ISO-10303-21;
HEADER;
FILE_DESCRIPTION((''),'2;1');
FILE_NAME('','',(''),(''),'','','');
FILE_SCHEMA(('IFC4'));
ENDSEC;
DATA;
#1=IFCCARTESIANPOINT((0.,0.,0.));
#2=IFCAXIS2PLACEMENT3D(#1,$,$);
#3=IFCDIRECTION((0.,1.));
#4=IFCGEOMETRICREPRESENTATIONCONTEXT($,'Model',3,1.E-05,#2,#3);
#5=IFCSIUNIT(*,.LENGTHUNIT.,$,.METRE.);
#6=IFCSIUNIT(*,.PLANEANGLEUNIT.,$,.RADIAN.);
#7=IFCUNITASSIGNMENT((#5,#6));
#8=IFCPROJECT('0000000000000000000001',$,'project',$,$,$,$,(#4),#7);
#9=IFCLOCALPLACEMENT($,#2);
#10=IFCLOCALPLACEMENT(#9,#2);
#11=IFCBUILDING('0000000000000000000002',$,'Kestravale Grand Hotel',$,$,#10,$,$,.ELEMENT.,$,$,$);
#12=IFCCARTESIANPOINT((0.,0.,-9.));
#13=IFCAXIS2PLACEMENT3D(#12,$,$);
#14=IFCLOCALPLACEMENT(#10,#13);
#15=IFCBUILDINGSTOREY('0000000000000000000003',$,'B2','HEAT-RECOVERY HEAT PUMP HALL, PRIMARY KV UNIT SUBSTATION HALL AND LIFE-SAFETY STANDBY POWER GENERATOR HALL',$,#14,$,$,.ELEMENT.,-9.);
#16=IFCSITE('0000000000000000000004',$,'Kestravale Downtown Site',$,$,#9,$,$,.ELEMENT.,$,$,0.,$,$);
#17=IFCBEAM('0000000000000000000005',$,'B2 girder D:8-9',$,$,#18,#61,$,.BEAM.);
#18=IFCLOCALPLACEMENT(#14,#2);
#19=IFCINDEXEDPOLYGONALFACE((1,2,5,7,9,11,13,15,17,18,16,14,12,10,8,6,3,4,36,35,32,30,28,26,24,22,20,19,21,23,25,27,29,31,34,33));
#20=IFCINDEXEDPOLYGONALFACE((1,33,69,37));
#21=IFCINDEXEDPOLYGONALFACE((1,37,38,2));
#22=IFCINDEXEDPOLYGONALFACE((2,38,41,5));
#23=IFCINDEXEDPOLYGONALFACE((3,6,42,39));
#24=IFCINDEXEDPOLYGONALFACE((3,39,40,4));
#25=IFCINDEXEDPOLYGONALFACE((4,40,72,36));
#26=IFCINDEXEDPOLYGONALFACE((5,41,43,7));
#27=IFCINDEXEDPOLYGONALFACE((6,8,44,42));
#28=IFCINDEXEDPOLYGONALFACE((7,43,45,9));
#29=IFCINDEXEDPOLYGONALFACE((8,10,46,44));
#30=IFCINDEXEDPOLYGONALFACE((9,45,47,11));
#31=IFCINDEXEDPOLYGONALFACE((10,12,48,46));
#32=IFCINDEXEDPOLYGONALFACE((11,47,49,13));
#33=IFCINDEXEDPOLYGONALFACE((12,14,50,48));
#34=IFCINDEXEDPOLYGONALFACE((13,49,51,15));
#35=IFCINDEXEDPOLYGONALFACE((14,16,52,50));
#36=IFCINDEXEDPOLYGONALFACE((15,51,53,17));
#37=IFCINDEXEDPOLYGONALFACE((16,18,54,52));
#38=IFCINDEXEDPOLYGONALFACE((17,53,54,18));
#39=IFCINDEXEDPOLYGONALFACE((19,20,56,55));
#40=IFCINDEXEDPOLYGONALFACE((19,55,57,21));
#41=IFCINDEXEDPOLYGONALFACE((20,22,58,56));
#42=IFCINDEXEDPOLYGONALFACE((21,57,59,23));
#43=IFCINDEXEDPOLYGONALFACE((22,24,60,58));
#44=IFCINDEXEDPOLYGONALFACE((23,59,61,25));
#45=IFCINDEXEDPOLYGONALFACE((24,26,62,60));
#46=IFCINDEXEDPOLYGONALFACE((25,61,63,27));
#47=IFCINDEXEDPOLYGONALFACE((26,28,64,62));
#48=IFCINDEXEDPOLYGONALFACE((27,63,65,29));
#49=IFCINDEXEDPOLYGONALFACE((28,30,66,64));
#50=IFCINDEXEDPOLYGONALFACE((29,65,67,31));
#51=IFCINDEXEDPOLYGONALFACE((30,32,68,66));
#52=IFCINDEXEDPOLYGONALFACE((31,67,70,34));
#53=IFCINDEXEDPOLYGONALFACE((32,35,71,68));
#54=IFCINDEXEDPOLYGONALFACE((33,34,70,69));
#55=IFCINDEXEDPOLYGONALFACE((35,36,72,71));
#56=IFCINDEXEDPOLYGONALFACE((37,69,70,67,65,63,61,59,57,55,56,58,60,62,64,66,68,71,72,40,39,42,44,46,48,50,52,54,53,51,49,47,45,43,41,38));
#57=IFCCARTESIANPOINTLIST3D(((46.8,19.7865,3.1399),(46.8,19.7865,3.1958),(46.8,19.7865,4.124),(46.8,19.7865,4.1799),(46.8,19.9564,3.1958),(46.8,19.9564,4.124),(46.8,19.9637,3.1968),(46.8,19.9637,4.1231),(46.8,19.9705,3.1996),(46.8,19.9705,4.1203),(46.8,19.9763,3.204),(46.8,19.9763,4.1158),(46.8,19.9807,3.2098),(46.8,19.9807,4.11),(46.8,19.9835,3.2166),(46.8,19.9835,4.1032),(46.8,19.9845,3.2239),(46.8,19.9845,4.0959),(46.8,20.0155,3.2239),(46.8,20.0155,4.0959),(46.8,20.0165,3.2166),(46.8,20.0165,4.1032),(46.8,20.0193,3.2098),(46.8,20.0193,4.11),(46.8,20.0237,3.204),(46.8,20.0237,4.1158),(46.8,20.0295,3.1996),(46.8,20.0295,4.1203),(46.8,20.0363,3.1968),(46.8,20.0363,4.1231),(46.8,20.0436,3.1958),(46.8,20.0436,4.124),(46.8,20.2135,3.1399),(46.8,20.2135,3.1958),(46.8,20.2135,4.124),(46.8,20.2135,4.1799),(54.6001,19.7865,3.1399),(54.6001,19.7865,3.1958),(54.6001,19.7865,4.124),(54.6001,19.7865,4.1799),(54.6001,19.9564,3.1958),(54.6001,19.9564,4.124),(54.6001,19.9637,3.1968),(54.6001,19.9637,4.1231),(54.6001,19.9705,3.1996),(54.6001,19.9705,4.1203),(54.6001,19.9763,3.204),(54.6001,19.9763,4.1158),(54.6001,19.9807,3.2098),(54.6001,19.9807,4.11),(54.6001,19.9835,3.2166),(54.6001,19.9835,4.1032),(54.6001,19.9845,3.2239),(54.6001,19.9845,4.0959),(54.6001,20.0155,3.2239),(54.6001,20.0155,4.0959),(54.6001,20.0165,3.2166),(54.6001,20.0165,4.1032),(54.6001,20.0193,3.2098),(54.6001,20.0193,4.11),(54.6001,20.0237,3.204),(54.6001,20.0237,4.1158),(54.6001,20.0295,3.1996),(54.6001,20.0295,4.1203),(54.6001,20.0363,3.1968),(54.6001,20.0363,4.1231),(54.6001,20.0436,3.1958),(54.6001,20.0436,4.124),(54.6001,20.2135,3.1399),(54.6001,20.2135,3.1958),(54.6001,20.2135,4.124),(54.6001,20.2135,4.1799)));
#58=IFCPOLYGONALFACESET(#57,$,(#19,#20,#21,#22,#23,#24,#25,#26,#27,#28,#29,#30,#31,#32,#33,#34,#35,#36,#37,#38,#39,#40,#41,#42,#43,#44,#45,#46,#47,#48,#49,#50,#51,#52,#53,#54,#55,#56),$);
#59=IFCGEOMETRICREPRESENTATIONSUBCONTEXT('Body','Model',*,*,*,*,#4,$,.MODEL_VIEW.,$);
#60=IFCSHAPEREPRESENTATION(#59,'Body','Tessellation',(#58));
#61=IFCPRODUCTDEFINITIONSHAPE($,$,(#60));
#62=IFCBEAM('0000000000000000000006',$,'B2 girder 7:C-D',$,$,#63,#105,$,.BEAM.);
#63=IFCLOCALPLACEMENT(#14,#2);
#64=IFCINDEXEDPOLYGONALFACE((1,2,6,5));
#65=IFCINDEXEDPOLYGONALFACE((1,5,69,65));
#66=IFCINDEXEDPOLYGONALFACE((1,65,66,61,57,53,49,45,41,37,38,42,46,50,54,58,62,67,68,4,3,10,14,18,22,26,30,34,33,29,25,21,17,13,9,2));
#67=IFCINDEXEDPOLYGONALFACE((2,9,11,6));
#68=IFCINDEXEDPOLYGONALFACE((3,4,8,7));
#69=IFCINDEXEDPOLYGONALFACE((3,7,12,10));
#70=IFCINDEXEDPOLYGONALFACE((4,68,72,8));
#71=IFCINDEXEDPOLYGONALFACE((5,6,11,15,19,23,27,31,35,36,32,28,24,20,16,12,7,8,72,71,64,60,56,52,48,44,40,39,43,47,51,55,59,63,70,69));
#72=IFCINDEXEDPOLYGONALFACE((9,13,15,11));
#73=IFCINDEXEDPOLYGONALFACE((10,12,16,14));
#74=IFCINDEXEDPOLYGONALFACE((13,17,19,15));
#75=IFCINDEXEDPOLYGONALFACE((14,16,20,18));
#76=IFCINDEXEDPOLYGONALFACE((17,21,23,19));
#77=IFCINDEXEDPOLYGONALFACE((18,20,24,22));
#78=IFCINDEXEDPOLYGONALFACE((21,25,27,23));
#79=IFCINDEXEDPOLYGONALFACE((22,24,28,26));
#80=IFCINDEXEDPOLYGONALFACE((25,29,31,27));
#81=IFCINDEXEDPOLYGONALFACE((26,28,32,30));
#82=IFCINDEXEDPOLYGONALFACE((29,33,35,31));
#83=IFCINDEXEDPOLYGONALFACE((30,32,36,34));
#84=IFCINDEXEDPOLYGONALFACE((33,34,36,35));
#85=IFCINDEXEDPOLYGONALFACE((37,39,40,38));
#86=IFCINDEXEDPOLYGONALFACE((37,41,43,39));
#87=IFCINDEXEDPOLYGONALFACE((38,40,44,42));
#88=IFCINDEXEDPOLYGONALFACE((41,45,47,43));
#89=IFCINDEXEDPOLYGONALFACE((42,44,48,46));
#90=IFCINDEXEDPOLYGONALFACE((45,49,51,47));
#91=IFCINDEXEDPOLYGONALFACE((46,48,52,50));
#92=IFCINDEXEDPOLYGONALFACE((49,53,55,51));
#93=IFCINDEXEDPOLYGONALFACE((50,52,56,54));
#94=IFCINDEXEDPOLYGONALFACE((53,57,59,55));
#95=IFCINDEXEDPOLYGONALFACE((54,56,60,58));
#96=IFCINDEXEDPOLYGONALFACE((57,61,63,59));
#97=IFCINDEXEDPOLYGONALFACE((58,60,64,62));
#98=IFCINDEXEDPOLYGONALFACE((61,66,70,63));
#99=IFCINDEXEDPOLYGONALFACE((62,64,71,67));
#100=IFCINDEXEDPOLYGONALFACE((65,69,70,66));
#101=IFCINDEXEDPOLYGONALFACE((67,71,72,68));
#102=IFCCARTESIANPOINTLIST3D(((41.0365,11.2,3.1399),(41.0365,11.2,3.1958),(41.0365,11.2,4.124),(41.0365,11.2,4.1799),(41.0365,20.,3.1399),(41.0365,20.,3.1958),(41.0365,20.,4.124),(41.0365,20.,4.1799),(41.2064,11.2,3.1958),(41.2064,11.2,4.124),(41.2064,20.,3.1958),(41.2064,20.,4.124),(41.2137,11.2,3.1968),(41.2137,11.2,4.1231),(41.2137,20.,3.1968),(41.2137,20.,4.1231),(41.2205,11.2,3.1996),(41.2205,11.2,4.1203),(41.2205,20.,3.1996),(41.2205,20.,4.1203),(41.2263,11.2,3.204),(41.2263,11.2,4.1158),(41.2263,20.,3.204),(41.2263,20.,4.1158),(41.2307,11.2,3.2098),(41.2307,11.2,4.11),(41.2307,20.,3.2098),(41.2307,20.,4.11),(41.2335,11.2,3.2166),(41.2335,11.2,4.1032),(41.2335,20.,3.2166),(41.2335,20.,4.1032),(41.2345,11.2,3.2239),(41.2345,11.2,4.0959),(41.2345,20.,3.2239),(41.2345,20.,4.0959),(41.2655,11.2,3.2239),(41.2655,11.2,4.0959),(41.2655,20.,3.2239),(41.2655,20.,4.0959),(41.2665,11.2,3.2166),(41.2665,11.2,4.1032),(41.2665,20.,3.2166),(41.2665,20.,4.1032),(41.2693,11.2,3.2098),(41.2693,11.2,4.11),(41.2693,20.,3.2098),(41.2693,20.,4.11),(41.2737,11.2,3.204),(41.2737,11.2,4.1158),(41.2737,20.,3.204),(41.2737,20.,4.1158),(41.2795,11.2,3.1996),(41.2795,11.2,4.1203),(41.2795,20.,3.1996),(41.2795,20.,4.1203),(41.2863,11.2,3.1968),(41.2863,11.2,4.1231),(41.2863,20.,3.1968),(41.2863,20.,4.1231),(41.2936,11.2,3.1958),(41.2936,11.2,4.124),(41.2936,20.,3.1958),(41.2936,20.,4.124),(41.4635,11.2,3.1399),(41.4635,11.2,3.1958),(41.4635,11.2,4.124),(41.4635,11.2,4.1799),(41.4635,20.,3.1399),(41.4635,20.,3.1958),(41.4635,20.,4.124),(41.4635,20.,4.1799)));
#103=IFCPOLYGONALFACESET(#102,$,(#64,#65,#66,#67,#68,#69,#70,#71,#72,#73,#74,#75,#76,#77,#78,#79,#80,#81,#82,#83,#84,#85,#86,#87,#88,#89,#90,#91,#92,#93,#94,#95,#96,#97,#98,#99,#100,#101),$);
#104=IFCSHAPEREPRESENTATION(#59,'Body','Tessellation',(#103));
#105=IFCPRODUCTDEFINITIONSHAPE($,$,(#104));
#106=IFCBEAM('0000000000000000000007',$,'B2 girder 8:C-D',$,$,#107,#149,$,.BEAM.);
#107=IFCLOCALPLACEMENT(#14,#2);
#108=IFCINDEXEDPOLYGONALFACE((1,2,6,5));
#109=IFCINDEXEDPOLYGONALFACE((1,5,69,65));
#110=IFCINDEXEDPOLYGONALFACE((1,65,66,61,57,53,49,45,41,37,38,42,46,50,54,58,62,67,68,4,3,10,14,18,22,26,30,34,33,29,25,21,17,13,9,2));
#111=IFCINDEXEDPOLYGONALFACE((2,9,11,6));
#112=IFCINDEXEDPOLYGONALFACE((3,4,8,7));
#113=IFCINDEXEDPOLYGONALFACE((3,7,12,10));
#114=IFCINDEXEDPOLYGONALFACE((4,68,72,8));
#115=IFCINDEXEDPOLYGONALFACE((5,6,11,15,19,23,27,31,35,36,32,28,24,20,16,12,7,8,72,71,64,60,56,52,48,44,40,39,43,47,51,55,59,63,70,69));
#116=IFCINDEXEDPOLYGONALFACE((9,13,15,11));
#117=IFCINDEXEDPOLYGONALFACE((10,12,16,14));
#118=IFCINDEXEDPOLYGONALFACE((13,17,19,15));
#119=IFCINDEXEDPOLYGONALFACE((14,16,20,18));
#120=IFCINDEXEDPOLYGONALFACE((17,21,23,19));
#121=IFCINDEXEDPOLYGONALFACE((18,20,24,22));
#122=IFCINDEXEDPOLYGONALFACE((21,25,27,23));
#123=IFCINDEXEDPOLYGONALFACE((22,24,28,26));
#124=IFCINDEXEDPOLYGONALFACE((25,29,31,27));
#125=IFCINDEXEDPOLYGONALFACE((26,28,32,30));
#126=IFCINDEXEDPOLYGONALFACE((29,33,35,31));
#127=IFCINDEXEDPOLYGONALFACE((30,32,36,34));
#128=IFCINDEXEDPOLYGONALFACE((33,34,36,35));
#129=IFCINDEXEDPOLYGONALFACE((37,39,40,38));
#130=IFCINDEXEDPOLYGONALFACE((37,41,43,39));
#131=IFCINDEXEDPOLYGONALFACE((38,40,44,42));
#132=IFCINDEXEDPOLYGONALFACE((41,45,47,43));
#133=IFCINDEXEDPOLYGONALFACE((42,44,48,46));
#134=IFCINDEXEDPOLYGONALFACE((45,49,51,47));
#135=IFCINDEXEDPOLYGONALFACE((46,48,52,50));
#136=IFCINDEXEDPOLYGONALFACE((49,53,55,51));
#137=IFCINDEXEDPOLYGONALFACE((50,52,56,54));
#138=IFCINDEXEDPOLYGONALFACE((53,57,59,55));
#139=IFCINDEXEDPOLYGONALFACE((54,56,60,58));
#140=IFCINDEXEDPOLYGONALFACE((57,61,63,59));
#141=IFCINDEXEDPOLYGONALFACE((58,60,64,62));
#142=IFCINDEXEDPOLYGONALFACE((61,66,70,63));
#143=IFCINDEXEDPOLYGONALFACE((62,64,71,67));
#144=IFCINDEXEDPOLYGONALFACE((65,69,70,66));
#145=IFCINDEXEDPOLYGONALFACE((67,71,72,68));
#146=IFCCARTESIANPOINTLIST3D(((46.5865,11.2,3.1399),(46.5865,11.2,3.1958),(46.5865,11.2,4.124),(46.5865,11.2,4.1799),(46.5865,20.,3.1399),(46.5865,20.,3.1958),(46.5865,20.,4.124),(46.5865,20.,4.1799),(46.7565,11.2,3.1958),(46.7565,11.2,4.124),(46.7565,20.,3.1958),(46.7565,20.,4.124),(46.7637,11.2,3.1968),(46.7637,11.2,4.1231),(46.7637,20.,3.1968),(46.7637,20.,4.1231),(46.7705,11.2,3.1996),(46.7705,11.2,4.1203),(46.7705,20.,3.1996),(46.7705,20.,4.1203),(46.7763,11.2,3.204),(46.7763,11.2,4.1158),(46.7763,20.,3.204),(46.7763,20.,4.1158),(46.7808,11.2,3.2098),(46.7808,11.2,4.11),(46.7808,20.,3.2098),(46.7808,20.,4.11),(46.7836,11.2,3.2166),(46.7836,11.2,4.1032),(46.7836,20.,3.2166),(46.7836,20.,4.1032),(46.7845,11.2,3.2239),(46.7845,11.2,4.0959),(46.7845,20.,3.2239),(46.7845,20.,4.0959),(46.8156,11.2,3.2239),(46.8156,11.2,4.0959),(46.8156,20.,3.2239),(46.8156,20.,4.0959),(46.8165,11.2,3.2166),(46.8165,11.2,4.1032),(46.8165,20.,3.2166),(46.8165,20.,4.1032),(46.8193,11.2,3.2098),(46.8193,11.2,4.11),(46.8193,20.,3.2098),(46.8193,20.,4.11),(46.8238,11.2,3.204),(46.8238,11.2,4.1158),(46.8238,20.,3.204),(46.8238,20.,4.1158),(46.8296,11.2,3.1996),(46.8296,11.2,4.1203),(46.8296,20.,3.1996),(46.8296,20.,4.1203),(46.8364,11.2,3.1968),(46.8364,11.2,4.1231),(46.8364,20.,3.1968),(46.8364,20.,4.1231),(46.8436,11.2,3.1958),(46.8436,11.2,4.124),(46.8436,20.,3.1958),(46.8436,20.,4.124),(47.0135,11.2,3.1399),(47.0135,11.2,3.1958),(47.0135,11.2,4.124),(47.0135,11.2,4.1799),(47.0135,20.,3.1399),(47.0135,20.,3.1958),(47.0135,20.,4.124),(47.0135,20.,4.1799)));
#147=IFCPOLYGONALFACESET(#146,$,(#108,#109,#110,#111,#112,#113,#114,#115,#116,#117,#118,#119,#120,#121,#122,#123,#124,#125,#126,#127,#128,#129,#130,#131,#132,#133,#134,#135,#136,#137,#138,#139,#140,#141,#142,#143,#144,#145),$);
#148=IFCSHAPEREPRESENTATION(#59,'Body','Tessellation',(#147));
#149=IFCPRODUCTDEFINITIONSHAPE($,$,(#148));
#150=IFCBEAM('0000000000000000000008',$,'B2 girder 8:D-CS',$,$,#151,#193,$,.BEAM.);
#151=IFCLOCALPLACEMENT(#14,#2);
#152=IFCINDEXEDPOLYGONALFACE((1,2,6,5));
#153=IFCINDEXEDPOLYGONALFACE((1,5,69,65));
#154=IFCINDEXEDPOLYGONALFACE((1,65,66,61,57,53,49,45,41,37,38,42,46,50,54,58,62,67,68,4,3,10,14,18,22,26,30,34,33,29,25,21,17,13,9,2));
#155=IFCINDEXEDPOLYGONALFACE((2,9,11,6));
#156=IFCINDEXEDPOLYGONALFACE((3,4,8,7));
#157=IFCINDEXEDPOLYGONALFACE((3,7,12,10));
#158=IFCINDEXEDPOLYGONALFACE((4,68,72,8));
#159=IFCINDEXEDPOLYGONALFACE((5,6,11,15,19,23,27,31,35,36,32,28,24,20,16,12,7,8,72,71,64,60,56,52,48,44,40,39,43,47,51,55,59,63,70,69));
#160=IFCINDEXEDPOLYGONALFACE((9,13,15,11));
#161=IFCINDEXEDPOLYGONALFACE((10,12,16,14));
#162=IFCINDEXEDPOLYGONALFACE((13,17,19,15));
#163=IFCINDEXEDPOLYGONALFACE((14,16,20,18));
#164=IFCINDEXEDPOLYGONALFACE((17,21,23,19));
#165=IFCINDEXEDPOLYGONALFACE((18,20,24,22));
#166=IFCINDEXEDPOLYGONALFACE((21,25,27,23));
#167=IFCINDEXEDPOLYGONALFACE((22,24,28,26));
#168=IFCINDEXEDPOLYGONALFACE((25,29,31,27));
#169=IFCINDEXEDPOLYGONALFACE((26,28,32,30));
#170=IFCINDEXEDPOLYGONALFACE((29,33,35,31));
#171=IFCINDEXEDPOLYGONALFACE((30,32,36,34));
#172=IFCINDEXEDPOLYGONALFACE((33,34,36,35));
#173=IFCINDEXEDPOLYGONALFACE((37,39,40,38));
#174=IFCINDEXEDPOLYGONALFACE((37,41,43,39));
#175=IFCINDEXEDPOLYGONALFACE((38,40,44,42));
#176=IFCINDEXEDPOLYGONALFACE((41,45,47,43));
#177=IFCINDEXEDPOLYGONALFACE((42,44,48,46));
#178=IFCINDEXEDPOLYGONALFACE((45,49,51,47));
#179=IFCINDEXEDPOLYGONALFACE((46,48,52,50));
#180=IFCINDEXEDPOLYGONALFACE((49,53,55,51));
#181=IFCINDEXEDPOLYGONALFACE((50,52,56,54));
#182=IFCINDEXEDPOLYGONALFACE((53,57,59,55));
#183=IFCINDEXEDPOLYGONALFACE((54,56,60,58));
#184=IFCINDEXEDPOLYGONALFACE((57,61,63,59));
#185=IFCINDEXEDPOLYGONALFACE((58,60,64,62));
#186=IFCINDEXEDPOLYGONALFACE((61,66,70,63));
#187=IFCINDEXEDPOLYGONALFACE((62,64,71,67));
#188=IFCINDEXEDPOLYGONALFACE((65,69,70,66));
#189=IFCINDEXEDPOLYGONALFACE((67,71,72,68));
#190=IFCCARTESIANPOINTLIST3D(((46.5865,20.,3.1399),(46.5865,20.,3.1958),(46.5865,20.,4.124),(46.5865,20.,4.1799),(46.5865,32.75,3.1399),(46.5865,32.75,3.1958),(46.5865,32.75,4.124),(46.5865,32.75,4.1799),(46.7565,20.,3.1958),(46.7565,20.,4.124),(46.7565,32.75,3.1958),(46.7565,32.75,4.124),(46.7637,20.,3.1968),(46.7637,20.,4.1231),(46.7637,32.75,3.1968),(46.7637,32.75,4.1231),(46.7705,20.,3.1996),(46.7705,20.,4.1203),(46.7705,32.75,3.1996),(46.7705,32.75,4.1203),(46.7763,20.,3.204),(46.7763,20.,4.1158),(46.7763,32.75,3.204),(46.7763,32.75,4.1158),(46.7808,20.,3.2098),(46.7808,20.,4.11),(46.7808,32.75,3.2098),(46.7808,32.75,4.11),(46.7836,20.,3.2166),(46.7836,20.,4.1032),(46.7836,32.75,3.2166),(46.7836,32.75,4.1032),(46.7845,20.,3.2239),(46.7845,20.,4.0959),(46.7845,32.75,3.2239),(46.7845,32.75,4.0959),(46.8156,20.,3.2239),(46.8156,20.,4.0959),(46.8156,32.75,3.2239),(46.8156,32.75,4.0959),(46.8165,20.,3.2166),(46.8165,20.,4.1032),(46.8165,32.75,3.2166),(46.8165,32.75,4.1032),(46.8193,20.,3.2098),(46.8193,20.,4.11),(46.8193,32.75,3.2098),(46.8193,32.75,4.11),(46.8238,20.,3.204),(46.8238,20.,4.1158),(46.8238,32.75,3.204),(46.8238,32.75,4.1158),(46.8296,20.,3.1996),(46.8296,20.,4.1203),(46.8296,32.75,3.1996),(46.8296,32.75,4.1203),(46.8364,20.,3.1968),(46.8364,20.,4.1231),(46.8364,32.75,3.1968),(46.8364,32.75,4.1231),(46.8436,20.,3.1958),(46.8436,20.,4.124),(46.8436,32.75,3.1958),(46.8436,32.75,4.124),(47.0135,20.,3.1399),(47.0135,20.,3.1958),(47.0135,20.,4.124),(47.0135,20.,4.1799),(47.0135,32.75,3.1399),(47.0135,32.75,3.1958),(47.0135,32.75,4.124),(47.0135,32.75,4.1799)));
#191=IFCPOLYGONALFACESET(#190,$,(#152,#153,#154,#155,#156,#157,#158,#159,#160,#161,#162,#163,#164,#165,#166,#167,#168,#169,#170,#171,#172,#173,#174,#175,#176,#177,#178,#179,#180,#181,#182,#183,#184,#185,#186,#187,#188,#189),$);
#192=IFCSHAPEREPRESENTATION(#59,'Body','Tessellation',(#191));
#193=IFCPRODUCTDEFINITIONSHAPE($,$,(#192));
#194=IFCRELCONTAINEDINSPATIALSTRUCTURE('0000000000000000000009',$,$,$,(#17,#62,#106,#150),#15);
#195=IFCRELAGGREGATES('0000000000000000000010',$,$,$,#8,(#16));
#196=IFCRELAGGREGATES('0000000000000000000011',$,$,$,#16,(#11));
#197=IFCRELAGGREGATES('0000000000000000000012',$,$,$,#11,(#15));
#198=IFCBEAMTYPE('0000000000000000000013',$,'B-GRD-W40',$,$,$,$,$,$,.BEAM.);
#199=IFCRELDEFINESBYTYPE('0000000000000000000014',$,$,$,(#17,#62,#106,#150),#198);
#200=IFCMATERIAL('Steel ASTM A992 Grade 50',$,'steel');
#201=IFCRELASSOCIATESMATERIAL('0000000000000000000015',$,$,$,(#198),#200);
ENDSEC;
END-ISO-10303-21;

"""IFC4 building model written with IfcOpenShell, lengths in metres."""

from ifc_helpers import new_model, si_unit, direction, frame, origin, origin_2d, place, context, subcontext, project, spatial, i_section, extrude, material, material_profile, profile_set, type_object, element, save


model = new_model("IFC4")

# Units and contexts
model_context = context("Model", 3, precision=1e-05, world=origin(), true_north=direction((0.0, 1.0)))
body_context = subcontext(model_context, "Body", "Model", "MODEL_VIEW")
ifc_project = project(units=[si_unit("LENGTHUNIT", "METRE"), si_unit("PLANEANGLEUNIT", "RADIAN")], contexts=[model_context])

# Site, building, storey
site_placement = place(None, origin())
site = spatial("IfcSite", under=ifc_project, at=site_placement, Name="Kestravale Downtown Site", CompositionType="ELEMENT", RefElevation=0.0)
building_placement = place(site_placement, origin())
building = spatial("IfcBuilding", under=site, at=building_placement, Name="Kestravale Grand Hotel", CompositionType="ELEMENT")
storey_placement = place(building_placement, frame((0.0, 0.0, -9.0)))
storey = spatial("IfcBuildingStorey", under=building, at=storey_placement, Name="B2", Description="HEAT-RECOVERY HEAT PUMP HALL, PRIMARY KV UNIT SUBSTATION HALL AND LIFE-SAFETY STANDBY POWER GENERATOR HALL", CompositionType="ELEMENT", Elevation=-9.0)

# Beams
ifc_material_1 = material(Name="Steel ASTM A992 Grade 50", Category="steel")
ifc_material_profile_1 = material_profile(ifc_material_1, i_section(OverallWidth=0.427, OverallDepth=1.04, WebThickness=0.031, FlangeThickness=0.0559, FilletRadius=0.0281, at=origin_2d()))
ifc_profile_set_1 = profile_set([ifc_material_profile_1], Name="Steel ASTM A992 Grade 50")
beam_type = type_object("IfcBeamType", Name="B-GRD-W40", PredefinedType="BEAM", material=ifc_profile_set_1)
beam_1_placement = place(storey_placement, frame((46.8, 20.0, 3.6599), z_axis=(1.0, 0.0, 0.0), x_axis=(0.0, 1.0, 0.0)))
element("IfcBeam", 1, at=beam_1_placement, inside=storey, type_object=beam_type, Name="B2 girder D:8-9", PredefinedType="BEAM", context=body_context, shape_type="SweptSolid", body=[
    extrude(i_section(OverallWidth=0.427, OverallDepth=1.04, WebThickness=0.031, FlangeThickness=0.0559, FilletRadius=0.0281, at=origin_2d()), origin(), (0.0, 0.0, 1.0), 7.8),
])
for number, where, z_axis, x_axis, name in (
    (2, (41.25, 11.2, 3.6599), (0.0, 1.0, 0.0), (-1.0, 0.0, 0.0), "B2 girder 7:C-D"),
    (3, (46.8, 11.2, 3.6599), (0.0, 1.0, 0.0), (-1.0, 0.0, 0.0), "B2 girder 8:C-D"),
):
    element("IfcBeam", number, at=place(storey_placement, frame(where, z_axis=z_axis, x_axis=x_axis)), inside=storey, type_object=beam_type, Name=name, PredefinedType="BEAM", context=body_context, shape_type="SweptSolid", body=[
        extrude(i_section(OverallWidth=0.427, OverallDepth=1.04, WebThickness=0.031, FlangeThickness=0.0559, FilletRadius=0.0281, at=origin_2d()), origin(), (0.0, 0.0, 1.0), 8.8),
    ])
beam_2_placement = place(storey_placement, frame((46.8, 20.0, 3.6599), z_axis=(0.0, 1.0, 0.0), x_axis=(-1.0, 0.0, 0.0)))
element("IfcBeam", 4, at=beam_2_placement, inside=storey, type_object=beam_type, Name="B2 girder 8:D-CS", PredefinedType="BEAM", context=body_context, shape_type="SweptSolid", body=[
    extrude(i_section(OverallWidth=0.427, OverallDepth=1.04, WebThickness=0.031, FlangeThickness=0.0559, FilletRadius=0.0281, at=origin_2d()), origin(), (0.0, 0.0, 1.0), 12.75),
])

save(model, "model.ifc")
